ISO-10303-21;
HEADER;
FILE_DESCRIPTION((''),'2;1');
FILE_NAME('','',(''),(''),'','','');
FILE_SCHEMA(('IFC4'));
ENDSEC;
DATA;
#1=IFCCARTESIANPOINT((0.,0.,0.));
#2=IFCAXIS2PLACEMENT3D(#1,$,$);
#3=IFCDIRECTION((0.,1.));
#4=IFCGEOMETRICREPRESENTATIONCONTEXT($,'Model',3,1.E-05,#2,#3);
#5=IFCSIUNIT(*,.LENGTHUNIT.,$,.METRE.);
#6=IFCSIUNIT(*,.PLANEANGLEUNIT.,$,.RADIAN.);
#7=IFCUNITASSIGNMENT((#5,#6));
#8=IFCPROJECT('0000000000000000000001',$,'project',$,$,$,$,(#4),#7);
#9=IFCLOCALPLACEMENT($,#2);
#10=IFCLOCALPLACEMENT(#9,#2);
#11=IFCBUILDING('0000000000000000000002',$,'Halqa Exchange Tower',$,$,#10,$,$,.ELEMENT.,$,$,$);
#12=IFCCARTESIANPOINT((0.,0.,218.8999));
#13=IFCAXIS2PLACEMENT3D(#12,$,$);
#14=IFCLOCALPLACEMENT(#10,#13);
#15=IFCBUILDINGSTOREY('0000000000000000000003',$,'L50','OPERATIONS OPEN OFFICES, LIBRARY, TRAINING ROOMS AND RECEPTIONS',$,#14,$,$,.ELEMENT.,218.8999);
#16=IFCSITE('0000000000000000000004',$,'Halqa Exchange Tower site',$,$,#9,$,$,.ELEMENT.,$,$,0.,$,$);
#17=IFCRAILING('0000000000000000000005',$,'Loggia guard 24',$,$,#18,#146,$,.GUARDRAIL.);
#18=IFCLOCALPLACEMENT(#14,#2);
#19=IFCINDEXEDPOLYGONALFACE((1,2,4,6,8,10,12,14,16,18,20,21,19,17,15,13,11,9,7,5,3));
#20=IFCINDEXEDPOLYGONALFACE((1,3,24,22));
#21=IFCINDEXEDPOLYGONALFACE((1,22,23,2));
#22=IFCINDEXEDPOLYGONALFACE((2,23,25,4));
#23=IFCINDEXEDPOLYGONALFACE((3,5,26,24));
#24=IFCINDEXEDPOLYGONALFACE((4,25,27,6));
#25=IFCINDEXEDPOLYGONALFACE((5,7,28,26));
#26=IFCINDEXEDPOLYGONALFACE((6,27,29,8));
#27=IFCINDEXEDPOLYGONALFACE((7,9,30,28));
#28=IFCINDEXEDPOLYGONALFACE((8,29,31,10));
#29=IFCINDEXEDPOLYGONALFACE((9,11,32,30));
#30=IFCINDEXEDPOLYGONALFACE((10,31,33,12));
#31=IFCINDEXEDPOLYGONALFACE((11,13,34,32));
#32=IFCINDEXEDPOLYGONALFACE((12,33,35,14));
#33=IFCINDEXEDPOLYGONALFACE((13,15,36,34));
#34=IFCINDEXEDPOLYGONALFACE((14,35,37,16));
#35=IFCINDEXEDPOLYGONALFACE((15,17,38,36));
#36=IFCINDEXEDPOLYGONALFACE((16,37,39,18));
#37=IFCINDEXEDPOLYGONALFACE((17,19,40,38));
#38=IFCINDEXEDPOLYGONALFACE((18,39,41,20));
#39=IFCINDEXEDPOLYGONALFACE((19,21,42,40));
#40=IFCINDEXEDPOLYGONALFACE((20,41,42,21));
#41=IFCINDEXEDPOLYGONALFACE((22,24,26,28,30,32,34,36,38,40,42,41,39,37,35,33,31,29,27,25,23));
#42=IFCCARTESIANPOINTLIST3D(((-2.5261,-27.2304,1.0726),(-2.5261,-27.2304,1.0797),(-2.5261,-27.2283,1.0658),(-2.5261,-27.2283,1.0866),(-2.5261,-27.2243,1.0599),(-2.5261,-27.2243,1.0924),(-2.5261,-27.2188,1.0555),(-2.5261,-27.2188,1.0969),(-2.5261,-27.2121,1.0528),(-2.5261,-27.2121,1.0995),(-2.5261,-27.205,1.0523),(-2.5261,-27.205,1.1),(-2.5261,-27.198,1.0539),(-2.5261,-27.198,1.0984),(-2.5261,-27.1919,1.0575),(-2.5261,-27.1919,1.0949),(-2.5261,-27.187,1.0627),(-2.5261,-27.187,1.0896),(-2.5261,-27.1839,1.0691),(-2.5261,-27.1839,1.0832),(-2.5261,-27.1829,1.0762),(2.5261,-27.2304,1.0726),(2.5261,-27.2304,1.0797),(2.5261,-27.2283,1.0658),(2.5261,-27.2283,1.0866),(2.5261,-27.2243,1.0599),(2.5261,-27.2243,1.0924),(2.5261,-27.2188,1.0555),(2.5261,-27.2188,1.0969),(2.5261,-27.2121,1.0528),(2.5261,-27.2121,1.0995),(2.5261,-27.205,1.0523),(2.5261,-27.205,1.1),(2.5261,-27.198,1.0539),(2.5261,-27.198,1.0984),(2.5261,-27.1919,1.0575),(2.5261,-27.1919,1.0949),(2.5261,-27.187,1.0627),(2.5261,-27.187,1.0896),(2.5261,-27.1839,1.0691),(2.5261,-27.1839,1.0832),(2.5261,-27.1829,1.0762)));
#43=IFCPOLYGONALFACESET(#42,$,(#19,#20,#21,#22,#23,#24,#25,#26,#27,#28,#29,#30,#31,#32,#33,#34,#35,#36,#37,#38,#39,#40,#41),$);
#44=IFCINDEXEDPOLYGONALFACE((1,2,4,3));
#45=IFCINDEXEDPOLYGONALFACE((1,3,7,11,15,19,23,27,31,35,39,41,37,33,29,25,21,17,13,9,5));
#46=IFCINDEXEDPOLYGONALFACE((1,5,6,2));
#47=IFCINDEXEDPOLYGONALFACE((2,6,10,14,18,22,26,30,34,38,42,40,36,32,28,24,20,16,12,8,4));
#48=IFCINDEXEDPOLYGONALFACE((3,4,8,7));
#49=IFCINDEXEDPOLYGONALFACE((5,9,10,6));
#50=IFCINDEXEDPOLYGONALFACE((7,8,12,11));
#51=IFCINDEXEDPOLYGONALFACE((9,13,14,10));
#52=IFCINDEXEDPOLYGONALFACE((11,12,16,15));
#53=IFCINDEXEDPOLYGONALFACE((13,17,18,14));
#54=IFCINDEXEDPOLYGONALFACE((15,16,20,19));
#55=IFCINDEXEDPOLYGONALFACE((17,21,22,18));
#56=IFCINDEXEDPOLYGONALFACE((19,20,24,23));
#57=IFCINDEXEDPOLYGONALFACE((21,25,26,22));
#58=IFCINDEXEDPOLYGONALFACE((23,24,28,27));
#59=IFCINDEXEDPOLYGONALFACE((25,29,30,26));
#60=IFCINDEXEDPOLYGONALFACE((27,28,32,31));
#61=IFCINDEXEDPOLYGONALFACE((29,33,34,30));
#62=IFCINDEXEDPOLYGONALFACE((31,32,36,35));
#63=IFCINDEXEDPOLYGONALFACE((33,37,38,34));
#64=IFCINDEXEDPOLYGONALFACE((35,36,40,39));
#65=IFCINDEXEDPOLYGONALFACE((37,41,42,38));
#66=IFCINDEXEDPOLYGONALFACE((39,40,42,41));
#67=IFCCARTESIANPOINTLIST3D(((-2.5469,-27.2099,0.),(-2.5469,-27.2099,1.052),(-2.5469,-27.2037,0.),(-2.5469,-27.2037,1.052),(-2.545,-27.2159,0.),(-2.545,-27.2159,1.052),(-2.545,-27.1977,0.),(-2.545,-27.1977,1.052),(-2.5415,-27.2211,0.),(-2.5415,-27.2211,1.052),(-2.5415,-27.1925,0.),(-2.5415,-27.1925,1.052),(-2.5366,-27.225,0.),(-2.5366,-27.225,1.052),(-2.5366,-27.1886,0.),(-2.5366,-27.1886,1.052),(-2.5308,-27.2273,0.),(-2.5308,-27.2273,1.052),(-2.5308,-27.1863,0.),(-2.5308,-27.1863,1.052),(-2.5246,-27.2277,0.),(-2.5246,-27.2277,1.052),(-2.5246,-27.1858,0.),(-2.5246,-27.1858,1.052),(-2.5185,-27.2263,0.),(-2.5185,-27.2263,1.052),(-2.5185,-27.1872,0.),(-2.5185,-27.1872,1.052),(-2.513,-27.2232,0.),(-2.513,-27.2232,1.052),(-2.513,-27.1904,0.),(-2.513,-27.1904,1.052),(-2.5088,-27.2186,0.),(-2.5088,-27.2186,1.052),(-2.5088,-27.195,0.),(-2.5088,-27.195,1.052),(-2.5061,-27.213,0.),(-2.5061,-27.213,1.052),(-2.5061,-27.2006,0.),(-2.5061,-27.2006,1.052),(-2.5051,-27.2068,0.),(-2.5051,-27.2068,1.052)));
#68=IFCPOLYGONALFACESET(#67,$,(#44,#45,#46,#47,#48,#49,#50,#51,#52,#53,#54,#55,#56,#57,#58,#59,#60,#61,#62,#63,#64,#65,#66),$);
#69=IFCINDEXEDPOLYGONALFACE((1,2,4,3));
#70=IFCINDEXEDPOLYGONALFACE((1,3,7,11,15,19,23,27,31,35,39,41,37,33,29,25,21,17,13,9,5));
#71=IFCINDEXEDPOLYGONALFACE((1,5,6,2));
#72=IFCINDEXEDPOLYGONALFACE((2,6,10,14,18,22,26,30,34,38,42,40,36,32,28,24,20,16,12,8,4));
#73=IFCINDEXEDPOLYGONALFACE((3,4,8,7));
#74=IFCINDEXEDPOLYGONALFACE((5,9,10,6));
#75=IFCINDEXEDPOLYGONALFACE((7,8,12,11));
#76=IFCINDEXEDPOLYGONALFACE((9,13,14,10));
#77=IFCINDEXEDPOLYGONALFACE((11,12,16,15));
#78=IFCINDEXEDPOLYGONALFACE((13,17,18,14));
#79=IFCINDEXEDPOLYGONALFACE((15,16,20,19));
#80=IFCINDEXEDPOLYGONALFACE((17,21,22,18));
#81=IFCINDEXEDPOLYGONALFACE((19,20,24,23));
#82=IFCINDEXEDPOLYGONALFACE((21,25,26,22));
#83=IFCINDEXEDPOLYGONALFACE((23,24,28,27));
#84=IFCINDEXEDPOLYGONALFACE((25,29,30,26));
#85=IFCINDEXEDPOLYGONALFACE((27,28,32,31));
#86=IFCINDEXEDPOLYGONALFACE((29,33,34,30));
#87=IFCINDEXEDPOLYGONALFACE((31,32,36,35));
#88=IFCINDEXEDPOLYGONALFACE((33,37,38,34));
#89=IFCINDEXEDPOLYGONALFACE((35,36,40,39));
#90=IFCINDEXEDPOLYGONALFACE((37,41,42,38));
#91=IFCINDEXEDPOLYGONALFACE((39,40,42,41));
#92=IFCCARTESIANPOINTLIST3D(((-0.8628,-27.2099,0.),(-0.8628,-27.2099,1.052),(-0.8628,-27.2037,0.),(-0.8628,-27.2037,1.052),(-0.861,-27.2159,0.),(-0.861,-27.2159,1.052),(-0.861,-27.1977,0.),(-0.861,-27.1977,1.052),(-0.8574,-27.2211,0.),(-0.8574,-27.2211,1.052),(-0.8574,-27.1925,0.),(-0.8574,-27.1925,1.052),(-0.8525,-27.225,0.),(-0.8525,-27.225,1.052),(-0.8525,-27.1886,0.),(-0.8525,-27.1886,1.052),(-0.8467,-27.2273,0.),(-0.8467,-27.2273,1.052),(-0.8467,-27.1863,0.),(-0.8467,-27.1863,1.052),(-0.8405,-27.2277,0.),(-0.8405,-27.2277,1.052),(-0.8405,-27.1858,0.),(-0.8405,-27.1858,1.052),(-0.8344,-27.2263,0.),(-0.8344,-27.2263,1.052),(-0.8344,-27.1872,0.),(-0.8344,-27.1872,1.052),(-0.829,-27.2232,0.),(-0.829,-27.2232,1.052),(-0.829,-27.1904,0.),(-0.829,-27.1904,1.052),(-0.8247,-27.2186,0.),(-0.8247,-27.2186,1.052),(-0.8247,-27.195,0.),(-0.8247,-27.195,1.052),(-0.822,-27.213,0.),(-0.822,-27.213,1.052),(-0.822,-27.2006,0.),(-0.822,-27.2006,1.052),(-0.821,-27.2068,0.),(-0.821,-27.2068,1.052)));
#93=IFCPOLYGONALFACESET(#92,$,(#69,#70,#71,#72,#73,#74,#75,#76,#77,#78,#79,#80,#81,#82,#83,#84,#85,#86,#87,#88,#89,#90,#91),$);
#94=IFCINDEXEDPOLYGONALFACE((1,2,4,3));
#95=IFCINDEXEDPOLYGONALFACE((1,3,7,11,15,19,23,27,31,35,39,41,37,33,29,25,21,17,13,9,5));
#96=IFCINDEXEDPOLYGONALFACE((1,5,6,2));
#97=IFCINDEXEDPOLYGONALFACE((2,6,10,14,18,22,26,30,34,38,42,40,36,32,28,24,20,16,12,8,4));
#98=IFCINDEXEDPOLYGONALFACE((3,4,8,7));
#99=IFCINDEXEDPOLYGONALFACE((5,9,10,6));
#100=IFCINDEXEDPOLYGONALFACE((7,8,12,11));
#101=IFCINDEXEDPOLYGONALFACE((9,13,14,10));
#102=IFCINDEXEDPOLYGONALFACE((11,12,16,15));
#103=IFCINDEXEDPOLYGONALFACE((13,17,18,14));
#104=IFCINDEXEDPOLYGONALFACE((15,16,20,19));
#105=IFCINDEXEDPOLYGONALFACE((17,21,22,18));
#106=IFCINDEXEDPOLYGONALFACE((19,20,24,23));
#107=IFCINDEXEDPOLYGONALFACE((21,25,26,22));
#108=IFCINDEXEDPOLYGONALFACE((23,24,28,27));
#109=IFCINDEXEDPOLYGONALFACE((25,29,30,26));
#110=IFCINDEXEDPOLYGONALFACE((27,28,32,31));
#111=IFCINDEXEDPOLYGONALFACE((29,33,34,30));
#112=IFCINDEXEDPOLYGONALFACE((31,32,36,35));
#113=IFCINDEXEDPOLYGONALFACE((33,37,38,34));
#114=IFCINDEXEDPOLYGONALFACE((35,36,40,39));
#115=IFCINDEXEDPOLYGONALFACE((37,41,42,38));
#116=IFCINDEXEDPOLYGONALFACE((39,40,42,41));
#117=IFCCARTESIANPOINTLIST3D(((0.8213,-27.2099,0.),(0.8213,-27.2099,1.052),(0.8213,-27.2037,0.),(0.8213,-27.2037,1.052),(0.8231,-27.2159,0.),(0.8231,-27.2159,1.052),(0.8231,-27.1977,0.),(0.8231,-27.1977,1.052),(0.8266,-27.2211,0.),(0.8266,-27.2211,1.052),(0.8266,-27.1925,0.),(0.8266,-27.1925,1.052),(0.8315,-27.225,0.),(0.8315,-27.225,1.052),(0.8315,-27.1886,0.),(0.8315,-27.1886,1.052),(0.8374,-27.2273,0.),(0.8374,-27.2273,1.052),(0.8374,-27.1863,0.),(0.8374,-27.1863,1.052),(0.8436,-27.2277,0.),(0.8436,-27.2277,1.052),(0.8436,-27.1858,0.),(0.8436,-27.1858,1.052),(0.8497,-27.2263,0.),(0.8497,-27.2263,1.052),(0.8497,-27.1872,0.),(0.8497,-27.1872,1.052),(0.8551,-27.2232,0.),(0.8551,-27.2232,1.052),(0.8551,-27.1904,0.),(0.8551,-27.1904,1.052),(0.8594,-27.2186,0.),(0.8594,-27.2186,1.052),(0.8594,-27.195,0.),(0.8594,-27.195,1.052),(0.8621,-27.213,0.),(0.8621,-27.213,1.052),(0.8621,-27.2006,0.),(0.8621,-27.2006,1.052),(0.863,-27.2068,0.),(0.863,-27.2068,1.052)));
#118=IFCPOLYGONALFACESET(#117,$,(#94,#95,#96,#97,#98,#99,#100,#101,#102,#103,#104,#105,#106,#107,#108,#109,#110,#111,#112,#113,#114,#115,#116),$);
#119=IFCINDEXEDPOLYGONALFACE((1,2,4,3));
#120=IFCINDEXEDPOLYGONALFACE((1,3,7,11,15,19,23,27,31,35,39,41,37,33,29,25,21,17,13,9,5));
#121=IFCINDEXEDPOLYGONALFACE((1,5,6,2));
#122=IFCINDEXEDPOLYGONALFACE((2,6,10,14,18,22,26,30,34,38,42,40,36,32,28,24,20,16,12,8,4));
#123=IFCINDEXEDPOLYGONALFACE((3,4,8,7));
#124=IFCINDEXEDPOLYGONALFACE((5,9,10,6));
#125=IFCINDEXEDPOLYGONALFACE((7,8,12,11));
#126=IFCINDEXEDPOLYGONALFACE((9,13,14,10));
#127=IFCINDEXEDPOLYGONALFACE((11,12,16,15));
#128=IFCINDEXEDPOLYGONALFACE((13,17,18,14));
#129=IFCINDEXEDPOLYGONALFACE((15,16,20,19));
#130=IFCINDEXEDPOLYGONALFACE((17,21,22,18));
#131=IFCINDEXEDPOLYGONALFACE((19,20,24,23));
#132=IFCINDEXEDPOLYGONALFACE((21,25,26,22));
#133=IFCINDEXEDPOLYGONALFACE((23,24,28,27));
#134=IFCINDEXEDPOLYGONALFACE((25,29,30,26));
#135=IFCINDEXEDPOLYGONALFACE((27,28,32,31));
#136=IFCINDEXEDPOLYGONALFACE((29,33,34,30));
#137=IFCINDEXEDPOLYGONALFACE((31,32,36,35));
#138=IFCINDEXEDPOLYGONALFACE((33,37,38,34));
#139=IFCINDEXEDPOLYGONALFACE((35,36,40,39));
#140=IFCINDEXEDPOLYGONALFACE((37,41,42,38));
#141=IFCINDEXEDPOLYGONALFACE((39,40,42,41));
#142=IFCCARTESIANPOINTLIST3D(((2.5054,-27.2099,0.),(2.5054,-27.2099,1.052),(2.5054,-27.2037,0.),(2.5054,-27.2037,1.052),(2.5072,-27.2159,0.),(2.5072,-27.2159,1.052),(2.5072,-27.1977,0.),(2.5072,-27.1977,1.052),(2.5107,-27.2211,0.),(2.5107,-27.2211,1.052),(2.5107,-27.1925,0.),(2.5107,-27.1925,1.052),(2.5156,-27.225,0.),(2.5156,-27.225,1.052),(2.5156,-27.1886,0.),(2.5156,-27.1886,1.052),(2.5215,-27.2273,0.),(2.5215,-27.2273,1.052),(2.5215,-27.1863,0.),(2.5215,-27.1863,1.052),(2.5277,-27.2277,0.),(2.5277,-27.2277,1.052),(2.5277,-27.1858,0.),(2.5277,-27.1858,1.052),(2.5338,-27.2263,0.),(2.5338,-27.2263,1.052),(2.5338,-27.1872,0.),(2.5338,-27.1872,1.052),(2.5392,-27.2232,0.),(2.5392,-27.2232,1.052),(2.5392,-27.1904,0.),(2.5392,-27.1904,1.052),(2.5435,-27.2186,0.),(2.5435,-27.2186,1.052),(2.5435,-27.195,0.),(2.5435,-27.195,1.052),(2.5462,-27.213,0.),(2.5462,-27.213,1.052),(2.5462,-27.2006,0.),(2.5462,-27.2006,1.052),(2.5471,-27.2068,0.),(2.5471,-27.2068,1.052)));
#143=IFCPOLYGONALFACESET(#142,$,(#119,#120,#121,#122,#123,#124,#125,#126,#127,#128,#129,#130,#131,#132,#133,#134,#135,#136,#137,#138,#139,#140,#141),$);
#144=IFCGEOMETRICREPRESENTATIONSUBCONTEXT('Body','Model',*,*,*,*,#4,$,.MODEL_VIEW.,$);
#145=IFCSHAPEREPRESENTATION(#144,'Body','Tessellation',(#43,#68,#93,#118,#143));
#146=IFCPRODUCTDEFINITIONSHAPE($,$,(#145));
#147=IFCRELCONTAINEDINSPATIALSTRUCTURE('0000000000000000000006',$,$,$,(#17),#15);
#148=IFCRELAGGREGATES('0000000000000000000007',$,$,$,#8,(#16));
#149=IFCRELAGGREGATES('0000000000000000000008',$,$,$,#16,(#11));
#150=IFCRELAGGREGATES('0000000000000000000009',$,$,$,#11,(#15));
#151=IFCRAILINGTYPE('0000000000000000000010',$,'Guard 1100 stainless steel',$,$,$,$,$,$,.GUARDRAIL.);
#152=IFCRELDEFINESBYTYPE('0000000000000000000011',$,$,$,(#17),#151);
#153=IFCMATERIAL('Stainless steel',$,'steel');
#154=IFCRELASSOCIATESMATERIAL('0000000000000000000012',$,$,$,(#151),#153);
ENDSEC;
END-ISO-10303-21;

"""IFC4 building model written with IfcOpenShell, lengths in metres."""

from ifc_helpers import new_model, si_unit, direction, frame, origin, origin_2d, place, context, subcontext, project, spatial, circle, extrude, material, type_object, element, save


model = new_model("IFC4")

# Units and contexts
model_context = context("Model", 3, precision=1e-05, world=origin(), true_north=direction((0.0, 1.0)))
body_context = subcontext(model_context, "Body", "Model", "MODEL_VIEW")
ifc_project = project(units=[si_unit("LENGTHUNIT", "METRE"), si_unit("PLANEANGLEUNIT", "RADIAN")], contexts=[model_context])

# Site, building, storey
site_placement = place(None, origin())
site = spatial("IfcSite", under=ifc_project, at=site_placement, Name="Halqa Exchange Tower site", CompositionType="ELEMENT", RefElevation=0.0)
building_placement = place(site_placement, origin())
building = spatial("IfcBuilding", under=site, at=building_placement, Name="Halqa Exchange Tower", CompositionType="ELEMENT")
storey_placement = place(building_placement, frame((0.0, 0.0, 218.8999)))
storey = spatial("IfcBuildingStorey", under=building, at=storey_placement, Name="L50", Description="OPERATIONS OPEN OFFICES, LIBRARY, TRAINING ROOMS AND RECEPTIONS", CompositionType="ELEMENT", Elevation=218.8999)

# Railing
ifc_material_1 = material(Name="Stainless steel", Category="steel")
railing_type = type_object("IfcRailingType", Name="Guard 1100 stainless steel", PredefinedType="GUARDRAIL", material=ifc_material_1)
railing_1_placement = place(storey_placement, frame((-2.5261, -27.2068, 0.0)))
element("IfcRailing", 1, at=railing_1_placement, inside=storey, type_object=railing_type, Name="Loggia guard 24", PredefinedType="GUARDRAIL", context=body_context, shape_type="SweptSolid", body=[
    extrude(circle(Radius=0.0239, at=origin_2d()), frame((0.0, 0.0, 1.0762), z_axis=(1.0, 0.0, 0.0), x_axis=(0.0, 1.0, 0.0)), (0.0, 0.0, 1.0), 5.0522),
    extrude(circle(Radius=0.021, at=origin_2d()), origin(), (0.0, 0.0, 1.0), 1.052),
    extrude(circle(Radius=0.021, at=origin_2d()), frame((1.6841, 0.0, 0.0)), (0.0, 0.0, 1.0), 1.052),
    extrude(circle(Radius=0.021, at=origin_2d()), frame((3.3682, 0.0, 0.0)), (0.0, 0.0, 1.0), 1.052),
    extrude(circle(Radius=0.021, at=origin_2d()), frame((5.0522, 0.0, 0.0)), (0.0, 0.0, 1.0), 1.052),
])

save(model, "model.ifc")
